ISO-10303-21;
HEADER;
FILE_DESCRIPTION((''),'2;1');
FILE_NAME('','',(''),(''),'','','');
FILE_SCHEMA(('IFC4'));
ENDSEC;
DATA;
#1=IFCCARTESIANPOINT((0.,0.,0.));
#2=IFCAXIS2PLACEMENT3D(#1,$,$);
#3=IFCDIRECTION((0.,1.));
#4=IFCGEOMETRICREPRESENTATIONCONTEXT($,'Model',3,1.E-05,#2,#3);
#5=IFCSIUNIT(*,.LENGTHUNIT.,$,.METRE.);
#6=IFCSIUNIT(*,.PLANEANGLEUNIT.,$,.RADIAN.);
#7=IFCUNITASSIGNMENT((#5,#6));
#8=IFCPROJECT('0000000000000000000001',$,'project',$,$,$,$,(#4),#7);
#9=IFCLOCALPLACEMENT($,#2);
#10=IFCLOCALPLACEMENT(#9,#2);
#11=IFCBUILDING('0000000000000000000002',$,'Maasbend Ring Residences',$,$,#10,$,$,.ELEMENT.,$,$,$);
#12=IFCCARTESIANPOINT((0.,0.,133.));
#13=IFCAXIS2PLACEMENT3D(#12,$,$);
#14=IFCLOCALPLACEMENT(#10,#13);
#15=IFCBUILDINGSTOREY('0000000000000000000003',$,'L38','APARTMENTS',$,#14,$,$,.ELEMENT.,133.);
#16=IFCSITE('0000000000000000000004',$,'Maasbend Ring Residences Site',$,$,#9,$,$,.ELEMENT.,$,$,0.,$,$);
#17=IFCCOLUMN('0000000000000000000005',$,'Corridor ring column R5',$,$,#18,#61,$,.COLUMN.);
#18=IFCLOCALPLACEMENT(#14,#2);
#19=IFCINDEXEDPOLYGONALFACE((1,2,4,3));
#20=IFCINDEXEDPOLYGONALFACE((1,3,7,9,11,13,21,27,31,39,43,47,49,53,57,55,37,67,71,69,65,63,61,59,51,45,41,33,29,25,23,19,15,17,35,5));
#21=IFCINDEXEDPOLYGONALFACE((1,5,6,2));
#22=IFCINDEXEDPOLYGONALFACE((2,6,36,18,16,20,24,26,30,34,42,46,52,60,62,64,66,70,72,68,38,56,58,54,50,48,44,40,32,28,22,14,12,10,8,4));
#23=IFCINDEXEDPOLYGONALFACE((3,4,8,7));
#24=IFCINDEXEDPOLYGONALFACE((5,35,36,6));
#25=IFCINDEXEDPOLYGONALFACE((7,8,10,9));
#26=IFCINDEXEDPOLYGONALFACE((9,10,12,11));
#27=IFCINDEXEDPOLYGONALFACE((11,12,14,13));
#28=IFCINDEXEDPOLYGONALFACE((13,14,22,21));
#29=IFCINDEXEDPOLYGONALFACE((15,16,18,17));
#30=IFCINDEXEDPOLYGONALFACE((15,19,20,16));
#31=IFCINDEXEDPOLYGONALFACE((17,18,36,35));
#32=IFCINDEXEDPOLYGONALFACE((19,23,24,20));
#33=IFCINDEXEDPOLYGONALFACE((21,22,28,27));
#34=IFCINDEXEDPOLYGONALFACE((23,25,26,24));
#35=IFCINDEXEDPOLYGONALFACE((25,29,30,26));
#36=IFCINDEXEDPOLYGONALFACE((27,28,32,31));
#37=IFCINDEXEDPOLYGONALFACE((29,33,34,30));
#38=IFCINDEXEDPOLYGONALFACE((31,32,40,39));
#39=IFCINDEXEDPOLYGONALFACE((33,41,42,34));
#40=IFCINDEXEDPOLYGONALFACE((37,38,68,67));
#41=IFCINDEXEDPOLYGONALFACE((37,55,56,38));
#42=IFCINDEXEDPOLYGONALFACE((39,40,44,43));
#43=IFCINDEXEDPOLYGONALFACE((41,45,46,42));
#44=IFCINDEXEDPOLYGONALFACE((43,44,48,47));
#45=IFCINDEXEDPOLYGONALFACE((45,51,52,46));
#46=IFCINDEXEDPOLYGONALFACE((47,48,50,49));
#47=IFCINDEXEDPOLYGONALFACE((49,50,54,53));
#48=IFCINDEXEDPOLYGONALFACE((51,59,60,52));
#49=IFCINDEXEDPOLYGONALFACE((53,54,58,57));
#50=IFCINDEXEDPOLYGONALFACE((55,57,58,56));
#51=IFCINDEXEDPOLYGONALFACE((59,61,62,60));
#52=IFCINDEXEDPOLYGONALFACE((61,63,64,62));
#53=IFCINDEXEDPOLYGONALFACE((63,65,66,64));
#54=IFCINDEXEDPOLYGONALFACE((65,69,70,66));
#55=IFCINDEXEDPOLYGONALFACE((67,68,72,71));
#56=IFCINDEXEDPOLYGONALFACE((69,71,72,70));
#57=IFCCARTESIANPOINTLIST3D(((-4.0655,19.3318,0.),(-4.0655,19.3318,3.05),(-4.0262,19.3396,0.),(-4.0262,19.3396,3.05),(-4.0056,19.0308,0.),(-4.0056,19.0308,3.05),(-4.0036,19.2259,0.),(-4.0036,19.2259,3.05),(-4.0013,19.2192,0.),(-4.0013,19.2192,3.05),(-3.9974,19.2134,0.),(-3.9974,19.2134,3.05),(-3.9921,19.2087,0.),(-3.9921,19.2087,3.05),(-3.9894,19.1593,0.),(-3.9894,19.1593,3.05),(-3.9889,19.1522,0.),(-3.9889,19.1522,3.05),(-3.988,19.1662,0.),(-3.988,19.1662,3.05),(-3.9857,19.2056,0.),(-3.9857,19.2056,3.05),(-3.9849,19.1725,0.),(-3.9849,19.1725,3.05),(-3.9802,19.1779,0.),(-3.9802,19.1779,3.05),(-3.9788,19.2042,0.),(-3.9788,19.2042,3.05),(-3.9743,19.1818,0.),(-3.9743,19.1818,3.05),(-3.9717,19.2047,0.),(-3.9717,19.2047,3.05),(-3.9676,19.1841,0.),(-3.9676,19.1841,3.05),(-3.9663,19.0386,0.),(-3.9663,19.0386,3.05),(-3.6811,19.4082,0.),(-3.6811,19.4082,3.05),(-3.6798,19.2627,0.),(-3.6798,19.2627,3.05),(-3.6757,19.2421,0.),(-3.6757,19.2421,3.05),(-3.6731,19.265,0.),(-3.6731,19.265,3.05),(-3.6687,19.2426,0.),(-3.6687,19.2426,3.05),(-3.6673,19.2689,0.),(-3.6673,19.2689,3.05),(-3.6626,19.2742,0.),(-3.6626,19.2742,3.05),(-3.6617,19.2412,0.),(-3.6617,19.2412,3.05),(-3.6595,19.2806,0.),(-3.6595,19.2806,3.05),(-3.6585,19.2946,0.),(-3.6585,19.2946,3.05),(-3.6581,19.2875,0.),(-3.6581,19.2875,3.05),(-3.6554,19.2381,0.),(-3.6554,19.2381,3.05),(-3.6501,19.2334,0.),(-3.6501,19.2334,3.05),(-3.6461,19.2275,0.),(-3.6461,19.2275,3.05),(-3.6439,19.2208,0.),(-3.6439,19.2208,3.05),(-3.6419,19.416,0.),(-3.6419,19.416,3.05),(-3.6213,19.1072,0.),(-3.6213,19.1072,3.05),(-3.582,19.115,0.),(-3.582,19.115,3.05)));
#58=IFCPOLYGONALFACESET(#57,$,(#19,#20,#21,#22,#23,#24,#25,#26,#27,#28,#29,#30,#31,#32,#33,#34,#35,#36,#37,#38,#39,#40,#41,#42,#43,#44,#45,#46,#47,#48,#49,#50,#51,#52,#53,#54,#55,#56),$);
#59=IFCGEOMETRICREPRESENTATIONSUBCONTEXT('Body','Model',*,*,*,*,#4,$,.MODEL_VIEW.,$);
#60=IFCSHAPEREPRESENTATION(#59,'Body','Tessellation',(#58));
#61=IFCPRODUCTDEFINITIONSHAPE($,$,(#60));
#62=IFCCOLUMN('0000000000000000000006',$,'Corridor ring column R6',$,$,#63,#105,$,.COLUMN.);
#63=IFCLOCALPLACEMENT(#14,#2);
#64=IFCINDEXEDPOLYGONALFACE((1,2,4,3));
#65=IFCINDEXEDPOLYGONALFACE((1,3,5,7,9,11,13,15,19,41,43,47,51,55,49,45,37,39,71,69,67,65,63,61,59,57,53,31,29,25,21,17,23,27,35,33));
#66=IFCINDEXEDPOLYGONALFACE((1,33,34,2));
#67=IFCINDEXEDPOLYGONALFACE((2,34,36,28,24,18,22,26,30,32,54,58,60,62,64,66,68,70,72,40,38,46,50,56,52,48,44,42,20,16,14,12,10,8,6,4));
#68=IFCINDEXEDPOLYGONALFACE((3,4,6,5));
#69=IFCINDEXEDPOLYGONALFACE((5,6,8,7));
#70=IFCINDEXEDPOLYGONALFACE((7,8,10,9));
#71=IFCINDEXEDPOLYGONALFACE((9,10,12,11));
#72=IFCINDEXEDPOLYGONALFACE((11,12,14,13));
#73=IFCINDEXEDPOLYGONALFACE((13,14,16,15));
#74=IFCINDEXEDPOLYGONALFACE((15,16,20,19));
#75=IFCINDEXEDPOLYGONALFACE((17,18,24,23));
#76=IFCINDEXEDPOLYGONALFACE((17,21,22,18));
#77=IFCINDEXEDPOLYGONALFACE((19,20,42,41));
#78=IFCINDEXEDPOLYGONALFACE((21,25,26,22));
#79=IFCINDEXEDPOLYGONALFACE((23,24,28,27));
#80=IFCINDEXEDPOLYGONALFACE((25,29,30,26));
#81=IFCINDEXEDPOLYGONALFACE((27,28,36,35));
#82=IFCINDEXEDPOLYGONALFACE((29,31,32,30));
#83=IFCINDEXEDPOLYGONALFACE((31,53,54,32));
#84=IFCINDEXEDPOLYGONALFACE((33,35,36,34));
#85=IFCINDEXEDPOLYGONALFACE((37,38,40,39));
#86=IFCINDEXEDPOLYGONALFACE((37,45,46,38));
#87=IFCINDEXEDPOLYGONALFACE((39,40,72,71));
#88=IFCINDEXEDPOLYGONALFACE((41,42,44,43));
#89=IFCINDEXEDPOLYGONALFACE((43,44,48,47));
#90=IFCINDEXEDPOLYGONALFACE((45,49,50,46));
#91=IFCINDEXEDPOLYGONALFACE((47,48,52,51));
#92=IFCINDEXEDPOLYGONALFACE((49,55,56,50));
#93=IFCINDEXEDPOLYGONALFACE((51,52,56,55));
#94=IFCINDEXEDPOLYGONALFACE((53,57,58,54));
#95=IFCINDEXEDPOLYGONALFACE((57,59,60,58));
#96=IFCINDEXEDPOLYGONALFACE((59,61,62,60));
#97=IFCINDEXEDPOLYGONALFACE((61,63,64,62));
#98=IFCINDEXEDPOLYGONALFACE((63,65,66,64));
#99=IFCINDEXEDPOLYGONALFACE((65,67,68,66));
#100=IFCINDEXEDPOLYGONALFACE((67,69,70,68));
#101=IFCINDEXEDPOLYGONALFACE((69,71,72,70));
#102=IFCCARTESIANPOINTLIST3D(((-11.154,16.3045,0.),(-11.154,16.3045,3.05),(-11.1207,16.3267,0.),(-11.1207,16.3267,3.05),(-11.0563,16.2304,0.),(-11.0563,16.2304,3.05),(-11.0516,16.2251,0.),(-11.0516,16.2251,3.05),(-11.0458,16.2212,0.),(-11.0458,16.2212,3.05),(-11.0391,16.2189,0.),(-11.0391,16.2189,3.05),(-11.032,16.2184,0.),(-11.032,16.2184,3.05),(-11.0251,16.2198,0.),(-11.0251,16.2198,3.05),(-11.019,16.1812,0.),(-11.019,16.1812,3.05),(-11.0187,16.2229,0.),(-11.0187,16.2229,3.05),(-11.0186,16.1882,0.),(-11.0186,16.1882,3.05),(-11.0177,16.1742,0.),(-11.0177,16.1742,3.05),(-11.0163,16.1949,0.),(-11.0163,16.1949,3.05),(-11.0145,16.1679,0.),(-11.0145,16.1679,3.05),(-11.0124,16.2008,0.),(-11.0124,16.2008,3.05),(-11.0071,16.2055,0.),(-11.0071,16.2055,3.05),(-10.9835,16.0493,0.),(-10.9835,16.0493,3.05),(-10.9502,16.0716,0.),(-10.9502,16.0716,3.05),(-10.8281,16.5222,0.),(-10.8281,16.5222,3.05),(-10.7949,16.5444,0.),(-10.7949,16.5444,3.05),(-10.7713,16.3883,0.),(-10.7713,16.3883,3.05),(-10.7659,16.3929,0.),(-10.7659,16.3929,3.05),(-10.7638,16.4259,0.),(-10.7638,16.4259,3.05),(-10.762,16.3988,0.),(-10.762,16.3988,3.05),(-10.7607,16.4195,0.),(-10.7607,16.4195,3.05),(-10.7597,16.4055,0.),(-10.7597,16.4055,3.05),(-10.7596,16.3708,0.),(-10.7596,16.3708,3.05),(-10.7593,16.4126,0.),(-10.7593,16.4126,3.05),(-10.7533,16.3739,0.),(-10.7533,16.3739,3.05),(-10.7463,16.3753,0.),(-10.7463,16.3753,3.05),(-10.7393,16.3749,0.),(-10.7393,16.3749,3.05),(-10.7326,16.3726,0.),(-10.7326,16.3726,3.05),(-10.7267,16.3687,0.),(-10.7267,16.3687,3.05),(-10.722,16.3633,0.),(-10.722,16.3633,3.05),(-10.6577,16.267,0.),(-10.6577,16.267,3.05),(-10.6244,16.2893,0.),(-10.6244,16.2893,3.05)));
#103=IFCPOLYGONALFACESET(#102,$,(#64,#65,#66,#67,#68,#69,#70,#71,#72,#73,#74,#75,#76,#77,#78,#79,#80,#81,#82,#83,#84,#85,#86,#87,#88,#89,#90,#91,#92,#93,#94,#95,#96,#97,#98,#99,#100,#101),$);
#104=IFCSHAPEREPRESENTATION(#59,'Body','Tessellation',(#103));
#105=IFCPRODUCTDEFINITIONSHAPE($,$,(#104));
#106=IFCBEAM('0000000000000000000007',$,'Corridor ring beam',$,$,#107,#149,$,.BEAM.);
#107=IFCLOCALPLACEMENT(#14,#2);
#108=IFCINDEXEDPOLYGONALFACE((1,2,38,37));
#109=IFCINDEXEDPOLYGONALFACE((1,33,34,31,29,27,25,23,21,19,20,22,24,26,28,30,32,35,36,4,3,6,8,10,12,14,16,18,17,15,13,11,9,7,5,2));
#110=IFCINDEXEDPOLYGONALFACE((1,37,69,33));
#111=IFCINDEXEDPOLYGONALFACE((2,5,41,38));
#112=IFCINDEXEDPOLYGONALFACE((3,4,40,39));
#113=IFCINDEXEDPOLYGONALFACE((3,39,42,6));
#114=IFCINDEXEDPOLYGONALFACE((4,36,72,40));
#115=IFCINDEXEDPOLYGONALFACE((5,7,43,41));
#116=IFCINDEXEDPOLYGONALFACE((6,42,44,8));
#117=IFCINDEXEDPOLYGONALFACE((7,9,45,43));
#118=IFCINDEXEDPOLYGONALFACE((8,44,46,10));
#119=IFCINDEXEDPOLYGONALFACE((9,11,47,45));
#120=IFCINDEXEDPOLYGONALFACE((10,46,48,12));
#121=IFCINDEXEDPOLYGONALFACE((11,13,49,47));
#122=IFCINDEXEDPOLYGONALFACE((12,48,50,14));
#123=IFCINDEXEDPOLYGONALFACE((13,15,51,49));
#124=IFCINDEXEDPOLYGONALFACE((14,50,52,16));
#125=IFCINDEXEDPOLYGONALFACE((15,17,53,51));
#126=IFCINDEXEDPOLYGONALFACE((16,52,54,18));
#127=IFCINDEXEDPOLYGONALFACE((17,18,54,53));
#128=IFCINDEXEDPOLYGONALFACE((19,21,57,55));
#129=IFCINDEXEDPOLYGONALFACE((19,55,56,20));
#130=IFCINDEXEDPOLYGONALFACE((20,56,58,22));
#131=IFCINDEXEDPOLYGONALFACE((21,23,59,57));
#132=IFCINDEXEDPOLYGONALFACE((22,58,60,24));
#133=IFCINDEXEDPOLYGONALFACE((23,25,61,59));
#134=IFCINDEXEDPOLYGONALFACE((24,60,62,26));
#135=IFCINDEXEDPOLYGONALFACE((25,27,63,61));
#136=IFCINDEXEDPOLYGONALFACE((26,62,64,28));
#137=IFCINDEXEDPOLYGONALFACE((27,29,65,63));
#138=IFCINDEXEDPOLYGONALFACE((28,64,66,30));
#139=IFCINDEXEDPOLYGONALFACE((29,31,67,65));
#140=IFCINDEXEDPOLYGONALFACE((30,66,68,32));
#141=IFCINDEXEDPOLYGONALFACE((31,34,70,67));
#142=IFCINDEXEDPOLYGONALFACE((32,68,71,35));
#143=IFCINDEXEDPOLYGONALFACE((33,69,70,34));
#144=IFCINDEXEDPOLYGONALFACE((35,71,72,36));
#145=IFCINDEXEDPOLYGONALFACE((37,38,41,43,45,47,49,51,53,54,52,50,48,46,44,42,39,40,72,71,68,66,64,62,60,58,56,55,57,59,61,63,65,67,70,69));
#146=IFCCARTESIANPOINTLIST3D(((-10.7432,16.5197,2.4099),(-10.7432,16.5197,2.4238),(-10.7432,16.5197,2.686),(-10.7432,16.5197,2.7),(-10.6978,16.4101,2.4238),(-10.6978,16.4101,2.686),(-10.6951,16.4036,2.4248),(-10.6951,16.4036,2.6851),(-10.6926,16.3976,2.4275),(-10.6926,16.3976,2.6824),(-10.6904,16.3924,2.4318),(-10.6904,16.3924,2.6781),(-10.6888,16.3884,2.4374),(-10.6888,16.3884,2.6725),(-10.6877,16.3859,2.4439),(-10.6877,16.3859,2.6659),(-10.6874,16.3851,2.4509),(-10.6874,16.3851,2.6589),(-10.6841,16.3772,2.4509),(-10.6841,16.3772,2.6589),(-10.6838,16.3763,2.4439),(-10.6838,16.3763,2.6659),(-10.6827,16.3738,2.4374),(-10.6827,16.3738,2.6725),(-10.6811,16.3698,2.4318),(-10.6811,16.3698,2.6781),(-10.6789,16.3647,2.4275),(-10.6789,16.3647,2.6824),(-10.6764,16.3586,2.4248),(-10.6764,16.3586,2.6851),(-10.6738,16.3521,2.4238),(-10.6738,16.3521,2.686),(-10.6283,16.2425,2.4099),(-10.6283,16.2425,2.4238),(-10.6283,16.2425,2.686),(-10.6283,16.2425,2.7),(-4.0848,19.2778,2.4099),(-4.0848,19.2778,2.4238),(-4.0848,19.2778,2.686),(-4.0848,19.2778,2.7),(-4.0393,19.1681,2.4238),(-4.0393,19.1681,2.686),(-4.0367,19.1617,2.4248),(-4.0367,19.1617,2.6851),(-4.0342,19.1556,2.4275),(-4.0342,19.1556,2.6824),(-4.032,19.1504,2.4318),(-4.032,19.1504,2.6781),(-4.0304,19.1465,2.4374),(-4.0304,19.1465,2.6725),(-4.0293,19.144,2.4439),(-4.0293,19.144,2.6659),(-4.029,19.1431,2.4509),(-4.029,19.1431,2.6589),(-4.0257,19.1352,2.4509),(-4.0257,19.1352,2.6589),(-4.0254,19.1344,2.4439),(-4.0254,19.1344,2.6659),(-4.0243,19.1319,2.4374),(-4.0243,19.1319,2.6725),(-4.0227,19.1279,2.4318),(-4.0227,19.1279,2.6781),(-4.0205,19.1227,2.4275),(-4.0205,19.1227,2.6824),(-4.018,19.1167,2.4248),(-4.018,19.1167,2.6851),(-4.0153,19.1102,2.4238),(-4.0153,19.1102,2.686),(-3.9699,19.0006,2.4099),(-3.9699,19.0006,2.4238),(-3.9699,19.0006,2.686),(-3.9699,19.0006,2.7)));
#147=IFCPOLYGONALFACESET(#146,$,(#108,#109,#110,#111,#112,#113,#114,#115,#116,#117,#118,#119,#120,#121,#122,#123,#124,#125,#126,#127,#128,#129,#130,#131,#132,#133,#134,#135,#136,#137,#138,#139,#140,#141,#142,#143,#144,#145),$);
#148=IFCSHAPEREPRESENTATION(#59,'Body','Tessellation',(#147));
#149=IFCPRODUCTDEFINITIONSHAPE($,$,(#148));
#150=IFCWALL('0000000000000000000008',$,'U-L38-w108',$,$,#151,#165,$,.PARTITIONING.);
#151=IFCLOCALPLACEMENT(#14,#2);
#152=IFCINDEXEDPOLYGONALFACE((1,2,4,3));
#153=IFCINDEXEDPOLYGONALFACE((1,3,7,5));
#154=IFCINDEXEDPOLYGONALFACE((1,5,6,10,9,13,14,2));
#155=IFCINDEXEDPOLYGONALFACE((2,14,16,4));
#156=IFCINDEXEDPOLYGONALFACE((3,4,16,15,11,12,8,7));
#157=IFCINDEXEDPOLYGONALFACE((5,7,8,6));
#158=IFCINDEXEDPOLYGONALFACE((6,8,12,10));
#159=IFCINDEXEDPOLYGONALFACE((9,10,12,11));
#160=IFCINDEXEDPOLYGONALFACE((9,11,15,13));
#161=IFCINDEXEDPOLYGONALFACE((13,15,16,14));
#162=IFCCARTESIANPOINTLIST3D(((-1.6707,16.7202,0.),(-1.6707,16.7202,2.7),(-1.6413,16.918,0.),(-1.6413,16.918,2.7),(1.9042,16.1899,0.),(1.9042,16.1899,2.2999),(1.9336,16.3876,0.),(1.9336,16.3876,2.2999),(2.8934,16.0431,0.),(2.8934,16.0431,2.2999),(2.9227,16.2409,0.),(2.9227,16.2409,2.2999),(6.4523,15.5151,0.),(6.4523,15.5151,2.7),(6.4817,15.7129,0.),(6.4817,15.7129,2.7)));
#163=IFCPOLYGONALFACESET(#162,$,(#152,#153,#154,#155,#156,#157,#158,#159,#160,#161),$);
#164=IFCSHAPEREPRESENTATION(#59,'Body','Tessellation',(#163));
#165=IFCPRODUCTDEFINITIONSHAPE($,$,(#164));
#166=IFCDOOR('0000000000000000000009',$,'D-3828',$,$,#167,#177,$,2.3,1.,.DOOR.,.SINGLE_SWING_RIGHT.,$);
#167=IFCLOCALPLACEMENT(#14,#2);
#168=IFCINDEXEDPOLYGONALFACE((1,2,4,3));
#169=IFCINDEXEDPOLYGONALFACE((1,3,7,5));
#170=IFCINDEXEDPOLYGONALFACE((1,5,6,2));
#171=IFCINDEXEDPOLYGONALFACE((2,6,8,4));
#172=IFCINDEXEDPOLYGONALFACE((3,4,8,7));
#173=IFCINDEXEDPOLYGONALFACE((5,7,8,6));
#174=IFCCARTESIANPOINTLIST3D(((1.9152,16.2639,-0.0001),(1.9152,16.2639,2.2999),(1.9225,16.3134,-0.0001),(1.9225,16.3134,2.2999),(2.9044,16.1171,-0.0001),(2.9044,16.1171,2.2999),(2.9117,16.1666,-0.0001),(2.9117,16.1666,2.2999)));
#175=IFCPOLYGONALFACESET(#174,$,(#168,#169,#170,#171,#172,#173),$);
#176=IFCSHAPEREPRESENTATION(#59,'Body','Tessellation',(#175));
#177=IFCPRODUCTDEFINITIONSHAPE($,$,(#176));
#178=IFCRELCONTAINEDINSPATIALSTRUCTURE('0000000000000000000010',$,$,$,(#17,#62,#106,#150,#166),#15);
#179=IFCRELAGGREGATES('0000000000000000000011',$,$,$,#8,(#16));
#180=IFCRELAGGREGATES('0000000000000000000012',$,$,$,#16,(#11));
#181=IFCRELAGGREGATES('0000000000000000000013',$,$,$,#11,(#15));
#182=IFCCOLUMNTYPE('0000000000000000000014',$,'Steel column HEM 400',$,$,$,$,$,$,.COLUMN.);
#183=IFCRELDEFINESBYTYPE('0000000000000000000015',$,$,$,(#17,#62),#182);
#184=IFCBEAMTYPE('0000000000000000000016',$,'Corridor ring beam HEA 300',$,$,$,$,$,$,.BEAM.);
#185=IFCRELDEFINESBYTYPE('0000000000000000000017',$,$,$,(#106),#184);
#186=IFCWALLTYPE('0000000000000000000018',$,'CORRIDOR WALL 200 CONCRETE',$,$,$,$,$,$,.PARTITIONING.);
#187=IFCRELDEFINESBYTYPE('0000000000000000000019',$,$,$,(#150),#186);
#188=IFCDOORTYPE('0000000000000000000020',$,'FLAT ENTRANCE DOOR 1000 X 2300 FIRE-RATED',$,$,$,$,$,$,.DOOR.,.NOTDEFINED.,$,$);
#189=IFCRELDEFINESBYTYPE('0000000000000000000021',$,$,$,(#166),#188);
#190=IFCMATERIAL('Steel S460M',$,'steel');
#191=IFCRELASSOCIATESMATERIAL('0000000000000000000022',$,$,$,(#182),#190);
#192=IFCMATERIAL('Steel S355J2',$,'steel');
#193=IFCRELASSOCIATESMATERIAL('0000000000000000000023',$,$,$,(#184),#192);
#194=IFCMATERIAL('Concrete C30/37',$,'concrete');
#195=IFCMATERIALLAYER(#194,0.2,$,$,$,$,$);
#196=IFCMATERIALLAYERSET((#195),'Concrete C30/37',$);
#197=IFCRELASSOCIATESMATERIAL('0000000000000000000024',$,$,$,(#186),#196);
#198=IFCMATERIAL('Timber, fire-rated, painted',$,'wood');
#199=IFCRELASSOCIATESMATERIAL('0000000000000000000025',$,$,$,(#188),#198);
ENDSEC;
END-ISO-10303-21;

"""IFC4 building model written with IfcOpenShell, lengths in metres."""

from ifc_helpers import new_model, si_unit, direction, frame, frame_2d, origin, origin_2d, place, context, subcontext, project, spatial, rectangle, i_section, extrude, material, layer, layer_set, material_profile, profile_set, type_object, element, fill, save


model = new_model("IFC4")

# Units and contexts
model_context = context("Model", 3, precision=1e-05, world=origin(), true_north=direction((0.0, 1.0)))
body_context = subcontext(model_context, "Body", "Model", "MODEL_VIEW")
ifc_project = project(units=[si_unit("LENGTHUNIT", "METRE"), si_unit("PLANEANGLEUNIT", "RADIAN")], contexts=[model_context])

# Site, building, storey
site_placement = place(None, origin())
site = spatial("IfcSite", under=ifc_project, at=site_placement, Name="Maasbend Ring Residences Site", CompositionType="ELEMENT", RefElevation=0.0)
building_placement = place(site_placement, origin())
building = spatial("IfcBuilding", under=site, at=building_placement, Name="Maasbend Ring Residences", CompositionType="ELEMENT")
storey_placement = place(building_placement, frame((0.0, 0.0, 133.0)))
storey = spatial("IfcBuildingStorey", under=building, at=storey_placement, Name="L38", Description="APARTMENTS", CompositionType="ELEMENT", Elevation=133.0)

# Columns
ifc_material_1 = material(Name="Steel S460M", Category="steel")
ifc_material_profile_1 = material_profile(ifc_material_1, i_section(OverallWidth=0.3069, OverallDepth=0.4319, WebThickness=0.021, FlangeThickness=0.04, FilletRadius=0.0271, at=origin_2d()), Name="HEM 400")
ifc_profile_set_1 = profile_set([ifc_material_profile_1], Name="Steel S460M")
column_type = type_object("IfcColumnType", Name="Steel column HEM 400", PredefinedType="COLUMN", material=ifc_profile_set_1)
for number, where, z_axis, x_axis, name in (
    (1, (-3.8237, 19.2234, 0.0), (0.0, 0.0, 1.0), (-0.19509, 0.980785, 0.0), "Corridor ring column R5"),
    (2, (-10.8892, 16.2969, 0.0), (0.0, 0.0, 1.0), (-0.55557, 0.83147, 0.0), "Corridor ring column R6"),
):
    element("IfcColumn", number, at=place(storey_placement, frame(where, z_axis=z_axis, x_axis=x_axis)), inside=storey, type_object=column_type, Name=name, PredefinedType="COLUMN", context=body_context, shape_type="SweptSolid", body=[
        extrude(i_section(OverallWidth=0.3069, OverallDepth=0.4319, WebThickness=0.021, FlangeThickness=0.04, FilletRadius=0.0271, at=origin_2d()), origin(), (0.0, 0.0, 1.0), 3.05),
    ])

# Beam
ifc_material_2 = material(Name="Steel S355J2", Category="steel")
ifc_material_profile_2 = material_profile(ifc_material_2, i_section(OverallWidth=0.3, OverallDepth=0.29, WebThickness=0.0085, FlangeThickness=0.0139, FilletRadius=0.0271, at=origin_2d()), Name="HEA 300")
ifc_profile_set_2 = profile_set([ifc_material_profile_2], Name="Steel S355J2")
beam_type = type_object("IfcBeamType", Name="Corridor ring beam HEA 300", PredefinedType="BEAM", material=ifc_profile_set_2)
beam_placement = place(storey_placement, frame((-4.0273, 19.1392, 2.5549), z_axis=(-0.923878, -0.382688, 0.0), x_axis=(0.382688, -0.923878, 0.0)))
element("IfcBeam", 3, at=beam_placement, inside=storey, type_object=beam_type, Name="Corridor ring beam", PredefinedType="BEAM", context=body_context, shape_type="SweptSolid", body=[
    extrude(i_section(OverallWidth=0.3, OverallDepth=0.29, WebThickness=0.0085, FlangeThickness=0.0139, FilletRadius=0.0271, at=origin_2d()), origin(), (0.0, 0.0, 1.0), 7.207),
])

# Wall, opening, door
ifc_material_3 = material(Name="Concrete C30/37", Category="concrete")
ifc_layer_1 = layer(ifc_material_3, 0.2)
ifc_layer_set_1 = layer_set([ifc_layer_1], Name="Concrete C30/37")
wall_type_1 = type_object("IfcWallType", Name="CORRIDOR WALL 200 CONCRETE", PredefinedType="PARTITIONING", material=ifc_layer_set_1)
wall_1_placement = place(storey_placement, frame((-1.656, 16.8191, 0.0), z_axis=(0.0, 0.0, 1.0), x_axis=(0.989174, -0.146747, 0.0)))
wall_1 = element("IfcWall", 4, at=wall_1_placement, inside=storey, type_object=wall_type_1, Name="U-L38-w108", PredefinedType="PARTITIONING", context=body_context, shape_type="SweptSolid", body=[
    extrude(rectangle(XDim=8.2119, YDim=0.2, at=frame_2d((4.106, 0.0))), origin(), (0.0, 0.0, 1.0), 2.7),
])
opening_1_placement = place(wall_1_placement, frame((3.614, 0.0, 0.0)))
opening_1 = element("IfcOpeningElement", 5, at=opening_1_placement, cuts=wall_1, PredefinedType="OPENING", context=body_context, shape_type="SweptSolid", body=[
    extrude(rectangle(XDim=1.0, YDim=2.3, at=frame_2d((0.5, 1.1499))), frame((0.0, 0.1099, 0.0), z_axis=(0.0, -1.0, 0.0), x_axis=(1.0, 0.0, 0.0)), (0.0, 0.0, 1.0), 0.22),
])
ifc_material_4 = material(Name="Timber, fire-rated, painted", Category="wood")
door_type_1 = type_object("IfcDoorType", Name="FLAT ENTRANCE DOOR 1000 X 2300 FIRE-RATED", OperationType="NOTDEFINED", PredefinedType="DOOR", material=ifc_material_4)
door_1_placement = place(opening_1_placement, origin())
door_1 = element("IfcDoor", 6, at=door_1_placement, inside=storey, type_object=door_type_1, Name="D-3828", OperationType="SINGLE_SWING_RIGHT", OverallHeight=2.3, OverallWidth=1.0, PredefinedType="DOOR", context=body_context, shape_type="SweptSolid", body=[
    extrude(rectangle(XDim=1.0, YDim=2.3, at=frame_2d((0.5, 1.1499))), frame((0.0, 0.0249, 0.0), z_axis=(0.0, -1.0, 0.0), x_axis=(1.0, 0.0, 0.0)), (0.0, 0.0, 1.0), 0.05),
])
fill(opening_1, door_1)

save(model, "model.ifc")
